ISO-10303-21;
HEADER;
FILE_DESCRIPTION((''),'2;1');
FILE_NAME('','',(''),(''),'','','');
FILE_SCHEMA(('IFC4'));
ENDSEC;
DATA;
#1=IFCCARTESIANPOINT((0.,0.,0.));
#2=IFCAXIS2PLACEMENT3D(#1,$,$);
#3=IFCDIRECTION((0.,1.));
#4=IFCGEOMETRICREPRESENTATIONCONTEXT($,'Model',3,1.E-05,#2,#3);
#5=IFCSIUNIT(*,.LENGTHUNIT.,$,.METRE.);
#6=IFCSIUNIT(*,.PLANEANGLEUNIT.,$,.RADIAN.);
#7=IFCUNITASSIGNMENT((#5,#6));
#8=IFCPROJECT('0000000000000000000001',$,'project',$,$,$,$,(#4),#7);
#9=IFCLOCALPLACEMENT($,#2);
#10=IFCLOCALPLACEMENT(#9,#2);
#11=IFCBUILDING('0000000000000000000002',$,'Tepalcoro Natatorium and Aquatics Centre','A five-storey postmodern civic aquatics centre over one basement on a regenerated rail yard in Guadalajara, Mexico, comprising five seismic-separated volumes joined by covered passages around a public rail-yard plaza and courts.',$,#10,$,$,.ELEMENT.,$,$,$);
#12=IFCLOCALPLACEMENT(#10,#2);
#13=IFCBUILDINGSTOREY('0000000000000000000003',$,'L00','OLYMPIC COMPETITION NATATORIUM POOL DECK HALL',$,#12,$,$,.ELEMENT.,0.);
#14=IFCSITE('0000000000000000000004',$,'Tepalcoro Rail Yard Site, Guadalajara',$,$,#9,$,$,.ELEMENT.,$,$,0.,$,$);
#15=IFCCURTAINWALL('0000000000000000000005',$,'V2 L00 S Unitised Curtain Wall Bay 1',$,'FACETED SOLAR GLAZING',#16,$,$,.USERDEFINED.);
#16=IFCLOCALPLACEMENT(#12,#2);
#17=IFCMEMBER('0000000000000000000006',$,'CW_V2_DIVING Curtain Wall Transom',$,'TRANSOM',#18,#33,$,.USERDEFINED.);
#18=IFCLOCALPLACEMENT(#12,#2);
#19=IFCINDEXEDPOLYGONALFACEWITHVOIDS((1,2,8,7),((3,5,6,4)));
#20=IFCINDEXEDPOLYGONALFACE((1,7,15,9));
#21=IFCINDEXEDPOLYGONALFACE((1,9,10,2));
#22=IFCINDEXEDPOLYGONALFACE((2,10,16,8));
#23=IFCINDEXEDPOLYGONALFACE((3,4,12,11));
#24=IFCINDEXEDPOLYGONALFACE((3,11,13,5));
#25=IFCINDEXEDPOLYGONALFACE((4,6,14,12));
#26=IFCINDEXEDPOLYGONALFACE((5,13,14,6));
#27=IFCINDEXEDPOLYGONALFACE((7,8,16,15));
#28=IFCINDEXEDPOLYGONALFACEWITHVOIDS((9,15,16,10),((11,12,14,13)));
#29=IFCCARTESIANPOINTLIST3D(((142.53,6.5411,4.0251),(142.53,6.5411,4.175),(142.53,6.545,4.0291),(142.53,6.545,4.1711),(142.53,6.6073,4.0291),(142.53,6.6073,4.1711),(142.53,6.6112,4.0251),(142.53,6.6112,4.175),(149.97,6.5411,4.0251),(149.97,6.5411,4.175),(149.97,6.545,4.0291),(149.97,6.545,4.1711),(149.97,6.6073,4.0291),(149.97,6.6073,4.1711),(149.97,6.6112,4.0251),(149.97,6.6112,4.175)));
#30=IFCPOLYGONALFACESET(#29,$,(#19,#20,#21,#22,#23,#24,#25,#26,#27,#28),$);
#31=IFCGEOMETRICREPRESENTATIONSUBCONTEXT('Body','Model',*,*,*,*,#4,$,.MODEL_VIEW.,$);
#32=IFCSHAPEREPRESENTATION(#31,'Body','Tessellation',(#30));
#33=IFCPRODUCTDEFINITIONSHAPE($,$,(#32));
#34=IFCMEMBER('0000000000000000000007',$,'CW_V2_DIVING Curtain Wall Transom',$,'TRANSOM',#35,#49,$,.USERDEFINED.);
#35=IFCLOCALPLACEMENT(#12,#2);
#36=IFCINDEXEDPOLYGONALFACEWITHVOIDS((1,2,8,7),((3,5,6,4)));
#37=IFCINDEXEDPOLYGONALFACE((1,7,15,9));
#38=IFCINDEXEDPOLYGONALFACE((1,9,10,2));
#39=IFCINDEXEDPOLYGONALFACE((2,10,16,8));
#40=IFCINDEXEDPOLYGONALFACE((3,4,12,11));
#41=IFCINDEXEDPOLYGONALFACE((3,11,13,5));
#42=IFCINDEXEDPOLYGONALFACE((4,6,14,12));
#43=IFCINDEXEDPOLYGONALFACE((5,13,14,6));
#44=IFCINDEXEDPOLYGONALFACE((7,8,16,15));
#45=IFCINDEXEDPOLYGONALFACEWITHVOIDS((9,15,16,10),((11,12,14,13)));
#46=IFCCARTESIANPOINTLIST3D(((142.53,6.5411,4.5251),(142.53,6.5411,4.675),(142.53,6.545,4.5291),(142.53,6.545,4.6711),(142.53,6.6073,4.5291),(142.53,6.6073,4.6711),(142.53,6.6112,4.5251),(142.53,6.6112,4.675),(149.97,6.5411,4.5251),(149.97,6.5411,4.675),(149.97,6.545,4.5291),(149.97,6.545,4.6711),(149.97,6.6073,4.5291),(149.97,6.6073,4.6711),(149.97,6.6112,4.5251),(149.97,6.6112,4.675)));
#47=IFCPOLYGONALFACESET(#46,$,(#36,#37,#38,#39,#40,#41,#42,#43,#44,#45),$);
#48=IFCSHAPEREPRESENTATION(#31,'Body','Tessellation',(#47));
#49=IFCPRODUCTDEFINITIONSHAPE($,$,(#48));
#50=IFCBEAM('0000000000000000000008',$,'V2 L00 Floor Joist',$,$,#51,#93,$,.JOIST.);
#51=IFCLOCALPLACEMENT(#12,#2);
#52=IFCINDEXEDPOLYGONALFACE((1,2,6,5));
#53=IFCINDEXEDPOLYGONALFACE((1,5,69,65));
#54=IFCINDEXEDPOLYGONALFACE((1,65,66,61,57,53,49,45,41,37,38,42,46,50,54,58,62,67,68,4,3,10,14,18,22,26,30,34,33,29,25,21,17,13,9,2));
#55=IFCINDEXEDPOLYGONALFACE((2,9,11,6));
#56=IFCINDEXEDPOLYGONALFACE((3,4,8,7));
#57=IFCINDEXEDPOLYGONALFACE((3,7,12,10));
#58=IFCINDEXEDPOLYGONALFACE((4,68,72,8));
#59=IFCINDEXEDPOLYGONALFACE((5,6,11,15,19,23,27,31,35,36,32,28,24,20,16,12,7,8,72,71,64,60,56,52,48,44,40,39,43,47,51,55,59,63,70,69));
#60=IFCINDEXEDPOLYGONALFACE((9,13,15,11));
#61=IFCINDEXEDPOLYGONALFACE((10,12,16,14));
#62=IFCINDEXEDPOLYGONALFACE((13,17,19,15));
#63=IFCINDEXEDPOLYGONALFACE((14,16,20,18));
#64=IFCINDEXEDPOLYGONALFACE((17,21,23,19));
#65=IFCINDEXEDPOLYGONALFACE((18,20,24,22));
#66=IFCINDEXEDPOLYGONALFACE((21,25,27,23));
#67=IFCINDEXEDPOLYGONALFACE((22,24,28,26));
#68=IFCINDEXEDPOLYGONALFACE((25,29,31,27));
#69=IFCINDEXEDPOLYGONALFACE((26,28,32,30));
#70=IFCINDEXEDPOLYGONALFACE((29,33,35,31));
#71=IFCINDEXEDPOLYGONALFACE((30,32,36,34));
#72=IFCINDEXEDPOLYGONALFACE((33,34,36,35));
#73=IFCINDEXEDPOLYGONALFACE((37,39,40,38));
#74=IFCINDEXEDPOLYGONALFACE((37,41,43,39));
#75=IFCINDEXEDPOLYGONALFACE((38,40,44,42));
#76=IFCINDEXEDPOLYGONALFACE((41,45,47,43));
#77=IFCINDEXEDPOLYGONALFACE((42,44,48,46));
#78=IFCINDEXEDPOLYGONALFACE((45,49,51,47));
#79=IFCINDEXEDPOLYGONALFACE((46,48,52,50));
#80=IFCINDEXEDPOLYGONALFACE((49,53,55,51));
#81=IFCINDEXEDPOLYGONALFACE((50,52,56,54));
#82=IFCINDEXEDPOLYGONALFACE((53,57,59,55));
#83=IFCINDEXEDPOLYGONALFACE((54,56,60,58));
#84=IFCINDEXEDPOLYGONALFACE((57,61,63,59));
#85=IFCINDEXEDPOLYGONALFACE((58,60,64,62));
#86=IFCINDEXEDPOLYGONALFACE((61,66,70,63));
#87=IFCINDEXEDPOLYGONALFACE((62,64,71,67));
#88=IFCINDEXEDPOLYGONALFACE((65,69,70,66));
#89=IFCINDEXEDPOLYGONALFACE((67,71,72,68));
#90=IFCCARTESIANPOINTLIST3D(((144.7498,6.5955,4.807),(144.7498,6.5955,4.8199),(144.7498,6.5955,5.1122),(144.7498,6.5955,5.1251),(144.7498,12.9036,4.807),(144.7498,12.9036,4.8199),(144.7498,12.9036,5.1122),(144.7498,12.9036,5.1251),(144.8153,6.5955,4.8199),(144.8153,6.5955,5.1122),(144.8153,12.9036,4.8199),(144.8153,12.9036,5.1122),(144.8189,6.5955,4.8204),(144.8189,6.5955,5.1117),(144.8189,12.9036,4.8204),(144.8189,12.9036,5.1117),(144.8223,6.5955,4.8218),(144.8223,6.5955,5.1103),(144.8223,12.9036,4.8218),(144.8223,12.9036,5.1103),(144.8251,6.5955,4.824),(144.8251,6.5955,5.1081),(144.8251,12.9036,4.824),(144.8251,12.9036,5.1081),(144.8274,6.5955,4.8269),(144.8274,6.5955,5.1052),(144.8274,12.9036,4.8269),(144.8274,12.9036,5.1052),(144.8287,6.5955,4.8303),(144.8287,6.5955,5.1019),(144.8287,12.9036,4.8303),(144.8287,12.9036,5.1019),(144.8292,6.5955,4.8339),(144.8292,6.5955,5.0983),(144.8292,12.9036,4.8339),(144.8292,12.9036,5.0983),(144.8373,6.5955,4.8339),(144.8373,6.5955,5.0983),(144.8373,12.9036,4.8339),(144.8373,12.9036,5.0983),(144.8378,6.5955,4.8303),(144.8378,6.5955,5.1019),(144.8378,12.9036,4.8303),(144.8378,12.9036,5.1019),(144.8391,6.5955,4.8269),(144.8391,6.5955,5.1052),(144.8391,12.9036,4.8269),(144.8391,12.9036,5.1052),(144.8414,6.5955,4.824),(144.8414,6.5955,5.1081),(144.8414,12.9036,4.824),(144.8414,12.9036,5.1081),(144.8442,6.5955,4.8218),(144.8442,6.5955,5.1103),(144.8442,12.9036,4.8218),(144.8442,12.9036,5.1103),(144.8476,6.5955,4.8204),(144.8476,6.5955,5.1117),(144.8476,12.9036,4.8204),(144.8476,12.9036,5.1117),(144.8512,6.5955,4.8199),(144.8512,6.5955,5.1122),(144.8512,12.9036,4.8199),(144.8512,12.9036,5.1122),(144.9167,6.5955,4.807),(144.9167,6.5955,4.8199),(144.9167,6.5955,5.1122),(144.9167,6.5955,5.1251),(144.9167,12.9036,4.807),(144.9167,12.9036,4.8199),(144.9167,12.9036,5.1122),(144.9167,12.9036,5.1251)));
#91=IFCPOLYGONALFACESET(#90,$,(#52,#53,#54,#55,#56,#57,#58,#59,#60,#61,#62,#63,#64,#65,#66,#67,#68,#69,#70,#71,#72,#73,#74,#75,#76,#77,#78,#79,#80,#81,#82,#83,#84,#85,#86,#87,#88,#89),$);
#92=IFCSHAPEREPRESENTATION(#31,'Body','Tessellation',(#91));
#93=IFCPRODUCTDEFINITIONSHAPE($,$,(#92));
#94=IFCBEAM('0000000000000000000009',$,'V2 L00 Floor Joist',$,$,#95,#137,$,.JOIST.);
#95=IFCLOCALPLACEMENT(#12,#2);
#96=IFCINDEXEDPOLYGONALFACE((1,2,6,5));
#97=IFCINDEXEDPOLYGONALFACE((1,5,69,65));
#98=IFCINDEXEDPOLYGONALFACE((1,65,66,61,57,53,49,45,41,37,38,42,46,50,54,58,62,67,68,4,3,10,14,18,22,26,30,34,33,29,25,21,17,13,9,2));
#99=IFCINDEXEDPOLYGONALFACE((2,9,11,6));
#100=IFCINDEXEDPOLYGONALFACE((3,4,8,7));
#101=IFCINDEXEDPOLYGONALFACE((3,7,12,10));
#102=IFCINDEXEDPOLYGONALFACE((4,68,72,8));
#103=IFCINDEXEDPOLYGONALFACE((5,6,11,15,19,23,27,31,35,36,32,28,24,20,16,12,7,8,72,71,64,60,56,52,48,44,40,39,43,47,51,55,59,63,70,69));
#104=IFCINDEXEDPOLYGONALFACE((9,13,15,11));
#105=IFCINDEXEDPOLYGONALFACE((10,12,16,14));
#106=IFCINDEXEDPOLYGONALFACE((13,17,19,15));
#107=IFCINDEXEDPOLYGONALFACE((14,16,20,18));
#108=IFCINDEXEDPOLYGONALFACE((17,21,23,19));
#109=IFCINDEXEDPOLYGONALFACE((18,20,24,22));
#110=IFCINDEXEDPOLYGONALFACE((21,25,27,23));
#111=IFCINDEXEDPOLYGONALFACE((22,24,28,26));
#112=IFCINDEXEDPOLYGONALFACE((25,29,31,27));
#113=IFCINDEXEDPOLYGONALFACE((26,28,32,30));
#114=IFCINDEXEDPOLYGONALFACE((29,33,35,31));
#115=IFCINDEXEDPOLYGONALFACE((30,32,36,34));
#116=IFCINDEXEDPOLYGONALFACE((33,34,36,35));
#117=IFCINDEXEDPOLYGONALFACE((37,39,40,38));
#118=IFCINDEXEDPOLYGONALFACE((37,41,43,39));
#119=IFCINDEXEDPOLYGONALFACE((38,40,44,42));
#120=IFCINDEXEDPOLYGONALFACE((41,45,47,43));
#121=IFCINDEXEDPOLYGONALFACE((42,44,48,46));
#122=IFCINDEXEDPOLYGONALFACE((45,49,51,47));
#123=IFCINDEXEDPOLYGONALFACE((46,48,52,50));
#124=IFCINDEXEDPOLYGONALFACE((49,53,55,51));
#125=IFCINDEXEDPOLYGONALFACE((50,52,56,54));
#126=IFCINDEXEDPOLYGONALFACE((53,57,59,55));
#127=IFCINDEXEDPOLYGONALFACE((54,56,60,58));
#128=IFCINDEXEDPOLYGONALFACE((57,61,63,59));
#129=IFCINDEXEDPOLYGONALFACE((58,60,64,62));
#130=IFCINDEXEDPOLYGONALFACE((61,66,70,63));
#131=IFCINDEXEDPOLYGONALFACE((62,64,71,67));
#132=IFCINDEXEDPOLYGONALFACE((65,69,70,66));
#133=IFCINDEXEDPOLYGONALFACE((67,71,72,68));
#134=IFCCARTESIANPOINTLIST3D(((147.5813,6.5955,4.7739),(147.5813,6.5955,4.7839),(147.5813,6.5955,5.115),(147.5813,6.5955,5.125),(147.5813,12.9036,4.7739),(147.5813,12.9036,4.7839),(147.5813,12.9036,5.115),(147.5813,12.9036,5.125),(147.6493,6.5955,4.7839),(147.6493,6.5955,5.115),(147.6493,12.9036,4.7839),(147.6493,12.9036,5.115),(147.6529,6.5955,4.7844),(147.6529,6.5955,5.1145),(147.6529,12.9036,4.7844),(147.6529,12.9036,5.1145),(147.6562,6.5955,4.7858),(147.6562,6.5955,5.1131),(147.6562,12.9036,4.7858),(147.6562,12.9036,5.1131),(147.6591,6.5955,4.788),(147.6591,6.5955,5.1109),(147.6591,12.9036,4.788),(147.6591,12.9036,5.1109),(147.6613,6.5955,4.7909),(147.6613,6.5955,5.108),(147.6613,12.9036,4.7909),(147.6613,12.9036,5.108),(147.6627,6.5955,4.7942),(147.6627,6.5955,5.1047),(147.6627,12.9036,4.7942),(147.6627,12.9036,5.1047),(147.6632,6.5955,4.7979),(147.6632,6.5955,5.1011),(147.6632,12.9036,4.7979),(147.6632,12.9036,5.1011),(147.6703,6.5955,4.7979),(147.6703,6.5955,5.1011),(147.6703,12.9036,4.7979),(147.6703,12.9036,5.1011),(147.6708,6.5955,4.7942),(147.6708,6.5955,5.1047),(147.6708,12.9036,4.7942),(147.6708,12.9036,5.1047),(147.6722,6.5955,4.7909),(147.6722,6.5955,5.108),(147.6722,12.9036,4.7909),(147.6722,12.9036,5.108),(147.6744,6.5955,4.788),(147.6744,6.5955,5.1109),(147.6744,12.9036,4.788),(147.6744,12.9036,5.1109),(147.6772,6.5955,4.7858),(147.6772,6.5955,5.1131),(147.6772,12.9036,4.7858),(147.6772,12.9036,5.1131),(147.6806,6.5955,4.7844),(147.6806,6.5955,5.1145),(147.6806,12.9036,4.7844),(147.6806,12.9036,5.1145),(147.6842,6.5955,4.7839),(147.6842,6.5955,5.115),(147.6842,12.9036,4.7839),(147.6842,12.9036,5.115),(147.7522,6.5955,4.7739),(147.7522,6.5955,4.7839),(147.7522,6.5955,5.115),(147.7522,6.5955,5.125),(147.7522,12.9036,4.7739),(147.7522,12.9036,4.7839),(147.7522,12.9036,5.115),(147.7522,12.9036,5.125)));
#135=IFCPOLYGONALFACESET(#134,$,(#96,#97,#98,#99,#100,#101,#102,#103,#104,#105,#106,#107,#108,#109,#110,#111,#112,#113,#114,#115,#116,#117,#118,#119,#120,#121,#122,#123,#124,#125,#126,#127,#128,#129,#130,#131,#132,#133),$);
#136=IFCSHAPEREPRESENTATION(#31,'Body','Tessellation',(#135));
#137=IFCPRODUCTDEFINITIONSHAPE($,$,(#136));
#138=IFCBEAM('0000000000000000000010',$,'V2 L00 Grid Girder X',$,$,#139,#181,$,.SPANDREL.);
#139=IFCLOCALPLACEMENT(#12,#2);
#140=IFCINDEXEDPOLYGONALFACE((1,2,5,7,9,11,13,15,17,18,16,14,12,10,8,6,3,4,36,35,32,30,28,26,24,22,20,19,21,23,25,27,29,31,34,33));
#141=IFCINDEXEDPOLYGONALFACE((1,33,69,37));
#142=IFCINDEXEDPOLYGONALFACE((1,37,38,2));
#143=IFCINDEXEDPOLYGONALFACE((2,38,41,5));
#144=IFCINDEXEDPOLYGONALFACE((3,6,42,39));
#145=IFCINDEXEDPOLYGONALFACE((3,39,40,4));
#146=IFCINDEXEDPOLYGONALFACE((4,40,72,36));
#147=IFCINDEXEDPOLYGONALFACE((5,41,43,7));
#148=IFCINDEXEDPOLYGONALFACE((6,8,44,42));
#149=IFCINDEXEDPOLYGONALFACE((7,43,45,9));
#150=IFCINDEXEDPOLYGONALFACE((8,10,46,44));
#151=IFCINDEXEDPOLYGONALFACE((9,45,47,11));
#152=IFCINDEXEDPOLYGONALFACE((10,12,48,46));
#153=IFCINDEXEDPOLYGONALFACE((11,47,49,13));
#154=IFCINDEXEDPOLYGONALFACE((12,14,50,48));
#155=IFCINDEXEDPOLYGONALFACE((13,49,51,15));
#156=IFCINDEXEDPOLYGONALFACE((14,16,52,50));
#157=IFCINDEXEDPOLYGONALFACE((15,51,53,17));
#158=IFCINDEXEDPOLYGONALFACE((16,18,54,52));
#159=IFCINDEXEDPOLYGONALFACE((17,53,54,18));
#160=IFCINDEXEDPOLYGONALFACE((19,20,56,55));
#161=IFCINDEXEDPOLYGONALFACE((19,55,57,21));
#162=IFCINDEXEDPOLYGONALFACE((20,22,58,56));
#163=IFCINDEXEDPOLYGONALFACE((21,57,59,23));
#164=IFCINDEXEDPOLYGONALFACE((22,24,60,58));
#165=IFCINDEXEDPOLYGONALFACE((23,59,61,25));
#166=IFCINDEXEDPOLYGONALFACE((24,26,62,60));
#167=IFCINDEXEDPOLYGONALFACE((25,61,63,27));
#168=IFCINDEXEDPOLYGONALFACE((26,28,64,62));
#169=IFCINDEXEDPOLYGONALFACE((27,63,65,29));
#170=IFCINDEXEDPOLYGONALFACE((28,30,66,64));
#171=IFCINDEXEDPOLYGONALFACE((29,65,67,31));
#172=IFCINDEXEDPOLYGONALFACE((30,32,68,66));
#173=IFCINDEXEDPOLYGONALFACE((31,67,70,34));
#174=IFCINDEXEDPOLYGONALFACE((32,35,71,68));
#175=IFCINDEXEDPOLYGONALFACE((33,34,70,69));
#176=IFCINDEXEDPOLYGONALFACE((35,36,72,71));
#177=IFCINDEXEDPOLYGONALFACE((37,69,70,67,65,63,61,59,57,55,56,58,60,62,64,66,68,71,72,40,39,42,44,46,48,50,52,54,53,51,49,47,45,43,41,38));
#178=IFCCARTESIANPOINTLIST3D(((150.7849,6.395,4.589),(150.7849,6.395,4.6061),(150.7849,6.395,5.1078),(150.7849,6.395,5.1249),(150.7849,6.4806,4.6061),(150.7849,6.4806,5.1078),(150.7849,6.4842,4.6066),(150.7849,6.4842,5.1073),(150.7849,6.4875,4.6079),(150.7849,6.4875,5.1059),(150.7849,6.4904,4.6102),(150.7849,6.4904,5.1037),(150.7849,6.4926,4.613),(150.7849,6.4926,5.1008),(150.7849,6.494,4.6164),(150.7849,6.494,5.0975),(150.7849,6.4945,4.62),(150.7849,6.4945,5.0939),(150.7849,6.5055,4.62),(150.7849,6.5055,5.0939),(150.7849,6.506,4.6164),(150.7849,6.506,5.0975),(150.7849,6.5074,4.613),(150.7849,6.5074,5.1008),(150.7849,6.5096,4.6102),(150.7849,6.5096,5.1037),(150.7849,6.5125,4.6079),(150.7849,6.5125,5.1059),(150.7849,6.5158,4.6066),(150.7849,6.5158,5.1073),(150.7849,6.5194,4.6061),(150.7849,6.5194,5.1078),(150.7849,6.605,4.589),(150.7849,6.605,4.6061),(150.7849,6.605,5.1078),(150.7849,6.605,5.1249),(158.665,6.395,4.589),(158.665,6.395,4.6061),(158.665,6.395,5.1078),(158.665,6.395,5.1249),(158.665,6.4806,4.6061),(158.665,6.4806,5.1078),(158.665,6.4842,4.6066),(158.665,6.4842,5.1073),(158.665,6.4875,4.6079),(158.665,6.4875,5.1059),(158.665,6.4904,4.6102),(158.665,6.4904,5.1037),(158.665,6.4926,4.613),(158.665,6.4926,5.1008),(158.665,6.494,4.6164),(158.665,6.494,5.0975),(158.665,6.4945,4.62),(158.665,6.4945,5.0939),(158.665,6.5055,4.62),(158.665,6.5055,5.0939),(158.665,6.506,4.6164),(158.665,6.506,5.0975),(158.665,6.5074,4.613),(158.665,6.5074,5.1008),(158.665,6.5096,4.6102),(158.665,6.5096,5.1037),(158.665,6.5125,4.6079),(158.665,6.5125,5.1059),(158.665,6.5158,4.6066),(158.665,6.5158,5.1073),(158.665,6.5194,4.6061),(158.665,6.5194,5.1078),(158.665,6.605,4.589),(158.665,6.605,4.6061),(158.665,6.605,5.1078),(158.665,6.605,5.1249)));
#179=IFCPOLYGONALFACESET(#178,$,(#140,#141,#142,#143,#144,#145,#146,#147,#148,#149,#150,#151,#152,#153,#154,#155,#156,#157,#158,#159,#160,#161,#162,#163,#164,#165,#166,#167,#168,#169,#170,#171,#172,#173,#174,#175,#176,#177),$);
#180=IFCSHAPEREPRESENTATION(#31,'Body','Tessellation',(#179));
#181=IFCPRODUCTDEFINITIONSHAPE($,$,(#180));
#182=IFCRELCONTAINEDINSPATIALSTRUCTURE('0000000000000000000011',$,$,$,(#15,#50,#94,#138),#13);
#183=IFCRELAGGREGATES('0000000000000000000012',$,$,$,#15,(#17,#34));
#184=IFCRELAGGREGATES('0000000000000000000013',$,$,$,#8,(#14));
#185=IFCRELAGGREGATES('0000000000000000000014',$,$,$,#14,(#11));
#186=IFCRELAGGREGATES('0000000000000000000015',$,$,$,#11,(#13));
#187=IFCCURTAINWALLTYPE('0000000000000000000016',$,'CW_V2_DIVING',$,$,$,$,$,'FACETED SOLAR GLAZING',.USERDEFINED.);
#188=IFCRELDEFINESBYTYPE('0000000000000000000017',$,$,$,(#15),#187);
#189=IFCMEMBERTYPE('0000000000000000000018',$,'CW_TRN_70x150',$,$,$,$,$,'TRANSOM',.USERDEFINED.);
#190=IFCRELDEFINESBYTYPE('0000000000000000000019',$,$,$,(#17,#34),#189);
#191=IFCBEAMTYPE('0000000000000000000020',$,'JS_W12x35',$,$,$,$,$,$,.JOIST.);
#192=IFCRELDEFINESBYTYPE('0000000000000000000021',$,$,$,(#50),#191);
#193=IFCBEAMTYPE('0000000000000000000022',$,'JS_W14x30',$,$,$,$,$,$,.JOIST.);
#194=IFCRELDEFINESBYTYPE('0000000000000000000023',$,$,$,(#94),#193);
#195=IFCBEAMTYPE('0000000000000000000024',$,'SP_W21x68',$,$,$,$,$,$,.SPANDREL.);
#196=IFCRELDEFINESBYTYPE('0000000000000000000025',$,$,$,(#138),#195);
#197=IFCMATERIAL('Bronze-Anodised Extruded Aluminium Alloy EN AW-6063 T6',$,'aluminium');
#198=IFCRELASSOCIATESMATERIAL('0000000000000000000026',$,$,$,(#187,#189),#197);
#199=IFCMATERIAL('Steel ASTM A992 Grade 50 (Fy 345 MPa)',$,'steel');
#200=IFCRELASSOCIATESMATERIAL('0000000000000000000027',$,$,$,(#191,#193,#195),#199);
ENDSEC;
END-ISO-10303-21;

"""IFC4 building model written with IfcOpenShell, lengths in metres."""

from ifc_helpers import new_model, si_unit, direction, frame, origin, origin_2d, place, context, subcontext, project, spatial, hollow_rectangle, i_section, extrude, material, material_profile, profile_set, type_object, element, aggregate, save


model = new_model("IFC4")

# Units and contexts
model_context = context("Model", 3, precision=1e-05, world=origin(), true_north=direction((0.0, 1.0)))
body_context = subcontext(model_context, "Body", "Model", "MODEL_VIEW")
ifc_project = project(units=[si_unit("LENGTHUNIT", "METRE"), si_unit("PLANEANGLEUNIT", "RADIAN")], contexts=[model_context])

# Site, building, storey
site_placement = place(None, origin())
site = spatial("IfcSite", under=ifc_project, at=site_placement, Name="Tepalcoro Rail Yard Site, Guadalajara", CompositionType="ELEMENT", RefElevation=0.0)
building_placement = place(site_placement, origin())
building = spatial("IfcBuilding", under=site, at=building_placement, Name="Tepalcoro Natatorium and Aquatics Centre", Description="A five-storey postmodern civic aquatics centre over one basement on a regenerated rail yard in Guadalajara, Mexico, comprising five seismic-separated volumes joined by covered passages around a public rail-yard plaza and courts.", CompositionType="ELEMENT")
storey_placement = place(building_placement, origin())
storey = spatial("IfcBuildingStorey", under=building, at=storey_placement, Name="L00", Description="OLYMPIC COMPETITION NATATORIUM POOL DECK HALL", CompositionType="ELEMENT", Elevation=0.0)

# Shared definitions
ifc_material_1 = material(Name="Steel ASTM A992 Grade 50 (Fy 345 MPa)", Category="steel")

# Curtain wall, members
ifc_material_2 = material(Name="Bronze-Anodised Extruded Aluminium Alloy EN AW-6063 T6", Category="aluminium")
curtain_wall_type = type_object("IfcCurtainWallType", Name="CW_V2_DIVING", ElementType="FACETED SOLAR GLAZING", PredefinedType="USERDEFINED", material=ifc_material_2)
curtain_wall_placement = place(storey_placement, origin())
curtain_wall = element("IfcCurtainWall", 1, at=curtain_wall_placement, inside=storey, type_object=curtain_wall_type, Name="V2 L00 S Unitised Curtain Wall Bay 1", ObjectType="FACETED SOLAR GLAZING", PredefinedType="USERDEFINED")
ifc_material_profile_1 = material_profile(ifc_material_2, hollow_rectangle(XDim=0.0701, YDim=0.1499, WallThickness=0.0039, at=origin_2d()), Name="AL70X150X4")
ifc_profile_set_1 = profile_set([ifc_material_profile_1], Name="Bronze-Anodised Extruded Aluminium Alloy EN AW-6063 T6")
member_type_1 = type_object("IfcMemberType", Name="CW_TRN_70x150", ElementType="TRANSOM", PredefinedType="USERDEFINED", material=ifc_profile_set_1)
member_1_placement = place(storey_placement, frame((142.53, 6.5762, 4.1001), z_axis=(1.0, 0.0, 0.0), x_axis=(0.0, 1.0, 0.0)))
member_1 = element("IfcMember", 2, at=member_1_placement, type_object=member_type_1, Name="CW_V2_DIVING Curtain Wall Transom", ObjectType="TRANSOM", PredefinedType="USERDEFINED", context=body_context, shape_type="SweptSolid", body=[
    extrude(hollow_rectangle(XDim=0.0701, YDim=0.1499, WallThickness=0.0039, at=origin_2d()), origin(), (0.0, 0.0, 1.0), 7.4399),
])
member_2_placement = place(storey_placement, frame((142.53, 6.5762, 4.6001), z_axis=(1.0, 0.0, 0.0), x_axis=(0.0, 1.0, 0.0)))
member_2 = element("IfcMember", 3, at=member_2_placement, type_object=member_type_1, Name="CW_V2_DIVING Curtain Wall Transom", ObjectType="TRANSOM", PredefinedType="USERDEFINED", context=body_context, shape_type="SweptSolid", body=[
    extrude(hollow_rectangle(XDim=0.0701, YDim=0.1499, WallThickness=0.0039, at=origin_2d()), origin(), (0.0, 0.0, 1.0), 7.4399),
])

# Beams
ifc_material_profile_2 = material_profile(ifc_material_1, i_section(OverallWidth=0.167, OverallDepth=0.3181, WebThickness=0.0081, FlangeThickness=0.0129, FilletRadius=0.0139, at=origin_2d()), Name="W12X35")
ifc_profile_set_2 = profile_set([ifc_material_profile_2], Name="Steel ASTM A992 Grade 50 (Fy 345 MPa)")
beam_type_1 = type_object("IfcBeamType", Name="JS_W12x35", PredefinedType="JOIST", material=ifc_profile_set_2)
beam_1_placement = place(storey_placement, frame((144.8333, 6.5955, 4.9661), z_axis=(0.0, 1.0, 0.0), x_axis=(-1.0, 0.0, 0.0)))
element("IfcBeam", 4, at=beam_1_placement, inside=storey, type_object=beam_type_1, Name="V2 L00 Floor Joist", PredefinedType="JOIST", context=body_context, shape_type="SweptSolid", body=[
    extrude(i_section(OverallWidth=0.167, OverallDepth=0.3181, WebThickness=0.0081, FlangeThickness=0.0129, FilletRadius=0.0139, at=origin_2d()), origin(), (0.0, 0.0, 1.0), 6.3081),
])
ifc_material_profile_3 = material_profile(ifc_material_1, i_section(OverallWidth=0.1709, OverallDepth=0.3511, WebThickness=0.0071, FlangeThickness=0.01, FilletRadius=0.0139, at=origin_2d()), Name="W14X30")
ifc_profile_set_3 = profile_set([ifc_material_profile_3], Name="Steel ASTM A992 Grade 50 (Fy 345 MPa)")
beam_type_2 = type_object("IfcBeamType", Name="JS_W14x30", PredefinedType="JOIST", material=ifc_profile_set_3)
beam_2_placement = place(storey_placement, frame((147.6667, 6.5955, 4.9495), z_axis=(0.0, 1.0, 0.0), x_axis=(-1.0, 0.0, 0.0)))
element("IfcBeam", 5, at=beam_2_placement, inside=storey, type_object=beam_type_2, Name="V2 L00 Floor Joist", PredefinedType="JOIST", context=body_context, shape_type="SweptSolid", body=[
    extrude(i_section(OverallWidth=0.1709, OverallDepth=0.3511, WebThickness=0.0071, FlangeThickness=0.01, FilletRadius=0.0139, at=origin_2d()), origin(), (0.0, 0.0, 1.0), 6.3081),
])
ifc_material_profile_4 = material_profile(ifc_material_1, i_section(OverallWidth=0.21, OverallDepth=0.5359, WebThickness=0.011, FlangeThickness=0.0171, FilletRadius=0.0139, at=origin_2d()), Name="W21X68")
ifc_profile_set_4 = profile_set([ifc_material_profile_4], Name="Steel ASTM A992 Grade 50 (Fy 345 MPa)")
beam_type_3 = type_object("IfcBeamType", Name="SP_W21x68", PredefinedType="SPANDREL", material=ifc_profile_set_4)
beam_3_placement = place(storey_placement, frame((150.7849, 6.5, 4.8569), z_axis=(1.0, 0.0, 0.0), x_axis=(0.0, 1.0, 0.0)))
element("IfcBeam", 6, at=beam_3_placement, inside=storey, type_object=beam_type_3, Name="V2 L00 Grid Girder X", PredefinedType="SPANDREL", context=body_context, shape_type="SweptSolid", body=[
    extrude(i_section(OverallWidth=0.21, OverallDepth=0.5359, WebThickness=0.011, FlangeThickness=0.0171, FilletRadius=0.0139, at=origin_2d()), origin(), (0.0, 0.0, 1.0), 7.8801),
])

aggregate(curtain_wall, [member_1, member_2])

save(model, "model.ifc")
